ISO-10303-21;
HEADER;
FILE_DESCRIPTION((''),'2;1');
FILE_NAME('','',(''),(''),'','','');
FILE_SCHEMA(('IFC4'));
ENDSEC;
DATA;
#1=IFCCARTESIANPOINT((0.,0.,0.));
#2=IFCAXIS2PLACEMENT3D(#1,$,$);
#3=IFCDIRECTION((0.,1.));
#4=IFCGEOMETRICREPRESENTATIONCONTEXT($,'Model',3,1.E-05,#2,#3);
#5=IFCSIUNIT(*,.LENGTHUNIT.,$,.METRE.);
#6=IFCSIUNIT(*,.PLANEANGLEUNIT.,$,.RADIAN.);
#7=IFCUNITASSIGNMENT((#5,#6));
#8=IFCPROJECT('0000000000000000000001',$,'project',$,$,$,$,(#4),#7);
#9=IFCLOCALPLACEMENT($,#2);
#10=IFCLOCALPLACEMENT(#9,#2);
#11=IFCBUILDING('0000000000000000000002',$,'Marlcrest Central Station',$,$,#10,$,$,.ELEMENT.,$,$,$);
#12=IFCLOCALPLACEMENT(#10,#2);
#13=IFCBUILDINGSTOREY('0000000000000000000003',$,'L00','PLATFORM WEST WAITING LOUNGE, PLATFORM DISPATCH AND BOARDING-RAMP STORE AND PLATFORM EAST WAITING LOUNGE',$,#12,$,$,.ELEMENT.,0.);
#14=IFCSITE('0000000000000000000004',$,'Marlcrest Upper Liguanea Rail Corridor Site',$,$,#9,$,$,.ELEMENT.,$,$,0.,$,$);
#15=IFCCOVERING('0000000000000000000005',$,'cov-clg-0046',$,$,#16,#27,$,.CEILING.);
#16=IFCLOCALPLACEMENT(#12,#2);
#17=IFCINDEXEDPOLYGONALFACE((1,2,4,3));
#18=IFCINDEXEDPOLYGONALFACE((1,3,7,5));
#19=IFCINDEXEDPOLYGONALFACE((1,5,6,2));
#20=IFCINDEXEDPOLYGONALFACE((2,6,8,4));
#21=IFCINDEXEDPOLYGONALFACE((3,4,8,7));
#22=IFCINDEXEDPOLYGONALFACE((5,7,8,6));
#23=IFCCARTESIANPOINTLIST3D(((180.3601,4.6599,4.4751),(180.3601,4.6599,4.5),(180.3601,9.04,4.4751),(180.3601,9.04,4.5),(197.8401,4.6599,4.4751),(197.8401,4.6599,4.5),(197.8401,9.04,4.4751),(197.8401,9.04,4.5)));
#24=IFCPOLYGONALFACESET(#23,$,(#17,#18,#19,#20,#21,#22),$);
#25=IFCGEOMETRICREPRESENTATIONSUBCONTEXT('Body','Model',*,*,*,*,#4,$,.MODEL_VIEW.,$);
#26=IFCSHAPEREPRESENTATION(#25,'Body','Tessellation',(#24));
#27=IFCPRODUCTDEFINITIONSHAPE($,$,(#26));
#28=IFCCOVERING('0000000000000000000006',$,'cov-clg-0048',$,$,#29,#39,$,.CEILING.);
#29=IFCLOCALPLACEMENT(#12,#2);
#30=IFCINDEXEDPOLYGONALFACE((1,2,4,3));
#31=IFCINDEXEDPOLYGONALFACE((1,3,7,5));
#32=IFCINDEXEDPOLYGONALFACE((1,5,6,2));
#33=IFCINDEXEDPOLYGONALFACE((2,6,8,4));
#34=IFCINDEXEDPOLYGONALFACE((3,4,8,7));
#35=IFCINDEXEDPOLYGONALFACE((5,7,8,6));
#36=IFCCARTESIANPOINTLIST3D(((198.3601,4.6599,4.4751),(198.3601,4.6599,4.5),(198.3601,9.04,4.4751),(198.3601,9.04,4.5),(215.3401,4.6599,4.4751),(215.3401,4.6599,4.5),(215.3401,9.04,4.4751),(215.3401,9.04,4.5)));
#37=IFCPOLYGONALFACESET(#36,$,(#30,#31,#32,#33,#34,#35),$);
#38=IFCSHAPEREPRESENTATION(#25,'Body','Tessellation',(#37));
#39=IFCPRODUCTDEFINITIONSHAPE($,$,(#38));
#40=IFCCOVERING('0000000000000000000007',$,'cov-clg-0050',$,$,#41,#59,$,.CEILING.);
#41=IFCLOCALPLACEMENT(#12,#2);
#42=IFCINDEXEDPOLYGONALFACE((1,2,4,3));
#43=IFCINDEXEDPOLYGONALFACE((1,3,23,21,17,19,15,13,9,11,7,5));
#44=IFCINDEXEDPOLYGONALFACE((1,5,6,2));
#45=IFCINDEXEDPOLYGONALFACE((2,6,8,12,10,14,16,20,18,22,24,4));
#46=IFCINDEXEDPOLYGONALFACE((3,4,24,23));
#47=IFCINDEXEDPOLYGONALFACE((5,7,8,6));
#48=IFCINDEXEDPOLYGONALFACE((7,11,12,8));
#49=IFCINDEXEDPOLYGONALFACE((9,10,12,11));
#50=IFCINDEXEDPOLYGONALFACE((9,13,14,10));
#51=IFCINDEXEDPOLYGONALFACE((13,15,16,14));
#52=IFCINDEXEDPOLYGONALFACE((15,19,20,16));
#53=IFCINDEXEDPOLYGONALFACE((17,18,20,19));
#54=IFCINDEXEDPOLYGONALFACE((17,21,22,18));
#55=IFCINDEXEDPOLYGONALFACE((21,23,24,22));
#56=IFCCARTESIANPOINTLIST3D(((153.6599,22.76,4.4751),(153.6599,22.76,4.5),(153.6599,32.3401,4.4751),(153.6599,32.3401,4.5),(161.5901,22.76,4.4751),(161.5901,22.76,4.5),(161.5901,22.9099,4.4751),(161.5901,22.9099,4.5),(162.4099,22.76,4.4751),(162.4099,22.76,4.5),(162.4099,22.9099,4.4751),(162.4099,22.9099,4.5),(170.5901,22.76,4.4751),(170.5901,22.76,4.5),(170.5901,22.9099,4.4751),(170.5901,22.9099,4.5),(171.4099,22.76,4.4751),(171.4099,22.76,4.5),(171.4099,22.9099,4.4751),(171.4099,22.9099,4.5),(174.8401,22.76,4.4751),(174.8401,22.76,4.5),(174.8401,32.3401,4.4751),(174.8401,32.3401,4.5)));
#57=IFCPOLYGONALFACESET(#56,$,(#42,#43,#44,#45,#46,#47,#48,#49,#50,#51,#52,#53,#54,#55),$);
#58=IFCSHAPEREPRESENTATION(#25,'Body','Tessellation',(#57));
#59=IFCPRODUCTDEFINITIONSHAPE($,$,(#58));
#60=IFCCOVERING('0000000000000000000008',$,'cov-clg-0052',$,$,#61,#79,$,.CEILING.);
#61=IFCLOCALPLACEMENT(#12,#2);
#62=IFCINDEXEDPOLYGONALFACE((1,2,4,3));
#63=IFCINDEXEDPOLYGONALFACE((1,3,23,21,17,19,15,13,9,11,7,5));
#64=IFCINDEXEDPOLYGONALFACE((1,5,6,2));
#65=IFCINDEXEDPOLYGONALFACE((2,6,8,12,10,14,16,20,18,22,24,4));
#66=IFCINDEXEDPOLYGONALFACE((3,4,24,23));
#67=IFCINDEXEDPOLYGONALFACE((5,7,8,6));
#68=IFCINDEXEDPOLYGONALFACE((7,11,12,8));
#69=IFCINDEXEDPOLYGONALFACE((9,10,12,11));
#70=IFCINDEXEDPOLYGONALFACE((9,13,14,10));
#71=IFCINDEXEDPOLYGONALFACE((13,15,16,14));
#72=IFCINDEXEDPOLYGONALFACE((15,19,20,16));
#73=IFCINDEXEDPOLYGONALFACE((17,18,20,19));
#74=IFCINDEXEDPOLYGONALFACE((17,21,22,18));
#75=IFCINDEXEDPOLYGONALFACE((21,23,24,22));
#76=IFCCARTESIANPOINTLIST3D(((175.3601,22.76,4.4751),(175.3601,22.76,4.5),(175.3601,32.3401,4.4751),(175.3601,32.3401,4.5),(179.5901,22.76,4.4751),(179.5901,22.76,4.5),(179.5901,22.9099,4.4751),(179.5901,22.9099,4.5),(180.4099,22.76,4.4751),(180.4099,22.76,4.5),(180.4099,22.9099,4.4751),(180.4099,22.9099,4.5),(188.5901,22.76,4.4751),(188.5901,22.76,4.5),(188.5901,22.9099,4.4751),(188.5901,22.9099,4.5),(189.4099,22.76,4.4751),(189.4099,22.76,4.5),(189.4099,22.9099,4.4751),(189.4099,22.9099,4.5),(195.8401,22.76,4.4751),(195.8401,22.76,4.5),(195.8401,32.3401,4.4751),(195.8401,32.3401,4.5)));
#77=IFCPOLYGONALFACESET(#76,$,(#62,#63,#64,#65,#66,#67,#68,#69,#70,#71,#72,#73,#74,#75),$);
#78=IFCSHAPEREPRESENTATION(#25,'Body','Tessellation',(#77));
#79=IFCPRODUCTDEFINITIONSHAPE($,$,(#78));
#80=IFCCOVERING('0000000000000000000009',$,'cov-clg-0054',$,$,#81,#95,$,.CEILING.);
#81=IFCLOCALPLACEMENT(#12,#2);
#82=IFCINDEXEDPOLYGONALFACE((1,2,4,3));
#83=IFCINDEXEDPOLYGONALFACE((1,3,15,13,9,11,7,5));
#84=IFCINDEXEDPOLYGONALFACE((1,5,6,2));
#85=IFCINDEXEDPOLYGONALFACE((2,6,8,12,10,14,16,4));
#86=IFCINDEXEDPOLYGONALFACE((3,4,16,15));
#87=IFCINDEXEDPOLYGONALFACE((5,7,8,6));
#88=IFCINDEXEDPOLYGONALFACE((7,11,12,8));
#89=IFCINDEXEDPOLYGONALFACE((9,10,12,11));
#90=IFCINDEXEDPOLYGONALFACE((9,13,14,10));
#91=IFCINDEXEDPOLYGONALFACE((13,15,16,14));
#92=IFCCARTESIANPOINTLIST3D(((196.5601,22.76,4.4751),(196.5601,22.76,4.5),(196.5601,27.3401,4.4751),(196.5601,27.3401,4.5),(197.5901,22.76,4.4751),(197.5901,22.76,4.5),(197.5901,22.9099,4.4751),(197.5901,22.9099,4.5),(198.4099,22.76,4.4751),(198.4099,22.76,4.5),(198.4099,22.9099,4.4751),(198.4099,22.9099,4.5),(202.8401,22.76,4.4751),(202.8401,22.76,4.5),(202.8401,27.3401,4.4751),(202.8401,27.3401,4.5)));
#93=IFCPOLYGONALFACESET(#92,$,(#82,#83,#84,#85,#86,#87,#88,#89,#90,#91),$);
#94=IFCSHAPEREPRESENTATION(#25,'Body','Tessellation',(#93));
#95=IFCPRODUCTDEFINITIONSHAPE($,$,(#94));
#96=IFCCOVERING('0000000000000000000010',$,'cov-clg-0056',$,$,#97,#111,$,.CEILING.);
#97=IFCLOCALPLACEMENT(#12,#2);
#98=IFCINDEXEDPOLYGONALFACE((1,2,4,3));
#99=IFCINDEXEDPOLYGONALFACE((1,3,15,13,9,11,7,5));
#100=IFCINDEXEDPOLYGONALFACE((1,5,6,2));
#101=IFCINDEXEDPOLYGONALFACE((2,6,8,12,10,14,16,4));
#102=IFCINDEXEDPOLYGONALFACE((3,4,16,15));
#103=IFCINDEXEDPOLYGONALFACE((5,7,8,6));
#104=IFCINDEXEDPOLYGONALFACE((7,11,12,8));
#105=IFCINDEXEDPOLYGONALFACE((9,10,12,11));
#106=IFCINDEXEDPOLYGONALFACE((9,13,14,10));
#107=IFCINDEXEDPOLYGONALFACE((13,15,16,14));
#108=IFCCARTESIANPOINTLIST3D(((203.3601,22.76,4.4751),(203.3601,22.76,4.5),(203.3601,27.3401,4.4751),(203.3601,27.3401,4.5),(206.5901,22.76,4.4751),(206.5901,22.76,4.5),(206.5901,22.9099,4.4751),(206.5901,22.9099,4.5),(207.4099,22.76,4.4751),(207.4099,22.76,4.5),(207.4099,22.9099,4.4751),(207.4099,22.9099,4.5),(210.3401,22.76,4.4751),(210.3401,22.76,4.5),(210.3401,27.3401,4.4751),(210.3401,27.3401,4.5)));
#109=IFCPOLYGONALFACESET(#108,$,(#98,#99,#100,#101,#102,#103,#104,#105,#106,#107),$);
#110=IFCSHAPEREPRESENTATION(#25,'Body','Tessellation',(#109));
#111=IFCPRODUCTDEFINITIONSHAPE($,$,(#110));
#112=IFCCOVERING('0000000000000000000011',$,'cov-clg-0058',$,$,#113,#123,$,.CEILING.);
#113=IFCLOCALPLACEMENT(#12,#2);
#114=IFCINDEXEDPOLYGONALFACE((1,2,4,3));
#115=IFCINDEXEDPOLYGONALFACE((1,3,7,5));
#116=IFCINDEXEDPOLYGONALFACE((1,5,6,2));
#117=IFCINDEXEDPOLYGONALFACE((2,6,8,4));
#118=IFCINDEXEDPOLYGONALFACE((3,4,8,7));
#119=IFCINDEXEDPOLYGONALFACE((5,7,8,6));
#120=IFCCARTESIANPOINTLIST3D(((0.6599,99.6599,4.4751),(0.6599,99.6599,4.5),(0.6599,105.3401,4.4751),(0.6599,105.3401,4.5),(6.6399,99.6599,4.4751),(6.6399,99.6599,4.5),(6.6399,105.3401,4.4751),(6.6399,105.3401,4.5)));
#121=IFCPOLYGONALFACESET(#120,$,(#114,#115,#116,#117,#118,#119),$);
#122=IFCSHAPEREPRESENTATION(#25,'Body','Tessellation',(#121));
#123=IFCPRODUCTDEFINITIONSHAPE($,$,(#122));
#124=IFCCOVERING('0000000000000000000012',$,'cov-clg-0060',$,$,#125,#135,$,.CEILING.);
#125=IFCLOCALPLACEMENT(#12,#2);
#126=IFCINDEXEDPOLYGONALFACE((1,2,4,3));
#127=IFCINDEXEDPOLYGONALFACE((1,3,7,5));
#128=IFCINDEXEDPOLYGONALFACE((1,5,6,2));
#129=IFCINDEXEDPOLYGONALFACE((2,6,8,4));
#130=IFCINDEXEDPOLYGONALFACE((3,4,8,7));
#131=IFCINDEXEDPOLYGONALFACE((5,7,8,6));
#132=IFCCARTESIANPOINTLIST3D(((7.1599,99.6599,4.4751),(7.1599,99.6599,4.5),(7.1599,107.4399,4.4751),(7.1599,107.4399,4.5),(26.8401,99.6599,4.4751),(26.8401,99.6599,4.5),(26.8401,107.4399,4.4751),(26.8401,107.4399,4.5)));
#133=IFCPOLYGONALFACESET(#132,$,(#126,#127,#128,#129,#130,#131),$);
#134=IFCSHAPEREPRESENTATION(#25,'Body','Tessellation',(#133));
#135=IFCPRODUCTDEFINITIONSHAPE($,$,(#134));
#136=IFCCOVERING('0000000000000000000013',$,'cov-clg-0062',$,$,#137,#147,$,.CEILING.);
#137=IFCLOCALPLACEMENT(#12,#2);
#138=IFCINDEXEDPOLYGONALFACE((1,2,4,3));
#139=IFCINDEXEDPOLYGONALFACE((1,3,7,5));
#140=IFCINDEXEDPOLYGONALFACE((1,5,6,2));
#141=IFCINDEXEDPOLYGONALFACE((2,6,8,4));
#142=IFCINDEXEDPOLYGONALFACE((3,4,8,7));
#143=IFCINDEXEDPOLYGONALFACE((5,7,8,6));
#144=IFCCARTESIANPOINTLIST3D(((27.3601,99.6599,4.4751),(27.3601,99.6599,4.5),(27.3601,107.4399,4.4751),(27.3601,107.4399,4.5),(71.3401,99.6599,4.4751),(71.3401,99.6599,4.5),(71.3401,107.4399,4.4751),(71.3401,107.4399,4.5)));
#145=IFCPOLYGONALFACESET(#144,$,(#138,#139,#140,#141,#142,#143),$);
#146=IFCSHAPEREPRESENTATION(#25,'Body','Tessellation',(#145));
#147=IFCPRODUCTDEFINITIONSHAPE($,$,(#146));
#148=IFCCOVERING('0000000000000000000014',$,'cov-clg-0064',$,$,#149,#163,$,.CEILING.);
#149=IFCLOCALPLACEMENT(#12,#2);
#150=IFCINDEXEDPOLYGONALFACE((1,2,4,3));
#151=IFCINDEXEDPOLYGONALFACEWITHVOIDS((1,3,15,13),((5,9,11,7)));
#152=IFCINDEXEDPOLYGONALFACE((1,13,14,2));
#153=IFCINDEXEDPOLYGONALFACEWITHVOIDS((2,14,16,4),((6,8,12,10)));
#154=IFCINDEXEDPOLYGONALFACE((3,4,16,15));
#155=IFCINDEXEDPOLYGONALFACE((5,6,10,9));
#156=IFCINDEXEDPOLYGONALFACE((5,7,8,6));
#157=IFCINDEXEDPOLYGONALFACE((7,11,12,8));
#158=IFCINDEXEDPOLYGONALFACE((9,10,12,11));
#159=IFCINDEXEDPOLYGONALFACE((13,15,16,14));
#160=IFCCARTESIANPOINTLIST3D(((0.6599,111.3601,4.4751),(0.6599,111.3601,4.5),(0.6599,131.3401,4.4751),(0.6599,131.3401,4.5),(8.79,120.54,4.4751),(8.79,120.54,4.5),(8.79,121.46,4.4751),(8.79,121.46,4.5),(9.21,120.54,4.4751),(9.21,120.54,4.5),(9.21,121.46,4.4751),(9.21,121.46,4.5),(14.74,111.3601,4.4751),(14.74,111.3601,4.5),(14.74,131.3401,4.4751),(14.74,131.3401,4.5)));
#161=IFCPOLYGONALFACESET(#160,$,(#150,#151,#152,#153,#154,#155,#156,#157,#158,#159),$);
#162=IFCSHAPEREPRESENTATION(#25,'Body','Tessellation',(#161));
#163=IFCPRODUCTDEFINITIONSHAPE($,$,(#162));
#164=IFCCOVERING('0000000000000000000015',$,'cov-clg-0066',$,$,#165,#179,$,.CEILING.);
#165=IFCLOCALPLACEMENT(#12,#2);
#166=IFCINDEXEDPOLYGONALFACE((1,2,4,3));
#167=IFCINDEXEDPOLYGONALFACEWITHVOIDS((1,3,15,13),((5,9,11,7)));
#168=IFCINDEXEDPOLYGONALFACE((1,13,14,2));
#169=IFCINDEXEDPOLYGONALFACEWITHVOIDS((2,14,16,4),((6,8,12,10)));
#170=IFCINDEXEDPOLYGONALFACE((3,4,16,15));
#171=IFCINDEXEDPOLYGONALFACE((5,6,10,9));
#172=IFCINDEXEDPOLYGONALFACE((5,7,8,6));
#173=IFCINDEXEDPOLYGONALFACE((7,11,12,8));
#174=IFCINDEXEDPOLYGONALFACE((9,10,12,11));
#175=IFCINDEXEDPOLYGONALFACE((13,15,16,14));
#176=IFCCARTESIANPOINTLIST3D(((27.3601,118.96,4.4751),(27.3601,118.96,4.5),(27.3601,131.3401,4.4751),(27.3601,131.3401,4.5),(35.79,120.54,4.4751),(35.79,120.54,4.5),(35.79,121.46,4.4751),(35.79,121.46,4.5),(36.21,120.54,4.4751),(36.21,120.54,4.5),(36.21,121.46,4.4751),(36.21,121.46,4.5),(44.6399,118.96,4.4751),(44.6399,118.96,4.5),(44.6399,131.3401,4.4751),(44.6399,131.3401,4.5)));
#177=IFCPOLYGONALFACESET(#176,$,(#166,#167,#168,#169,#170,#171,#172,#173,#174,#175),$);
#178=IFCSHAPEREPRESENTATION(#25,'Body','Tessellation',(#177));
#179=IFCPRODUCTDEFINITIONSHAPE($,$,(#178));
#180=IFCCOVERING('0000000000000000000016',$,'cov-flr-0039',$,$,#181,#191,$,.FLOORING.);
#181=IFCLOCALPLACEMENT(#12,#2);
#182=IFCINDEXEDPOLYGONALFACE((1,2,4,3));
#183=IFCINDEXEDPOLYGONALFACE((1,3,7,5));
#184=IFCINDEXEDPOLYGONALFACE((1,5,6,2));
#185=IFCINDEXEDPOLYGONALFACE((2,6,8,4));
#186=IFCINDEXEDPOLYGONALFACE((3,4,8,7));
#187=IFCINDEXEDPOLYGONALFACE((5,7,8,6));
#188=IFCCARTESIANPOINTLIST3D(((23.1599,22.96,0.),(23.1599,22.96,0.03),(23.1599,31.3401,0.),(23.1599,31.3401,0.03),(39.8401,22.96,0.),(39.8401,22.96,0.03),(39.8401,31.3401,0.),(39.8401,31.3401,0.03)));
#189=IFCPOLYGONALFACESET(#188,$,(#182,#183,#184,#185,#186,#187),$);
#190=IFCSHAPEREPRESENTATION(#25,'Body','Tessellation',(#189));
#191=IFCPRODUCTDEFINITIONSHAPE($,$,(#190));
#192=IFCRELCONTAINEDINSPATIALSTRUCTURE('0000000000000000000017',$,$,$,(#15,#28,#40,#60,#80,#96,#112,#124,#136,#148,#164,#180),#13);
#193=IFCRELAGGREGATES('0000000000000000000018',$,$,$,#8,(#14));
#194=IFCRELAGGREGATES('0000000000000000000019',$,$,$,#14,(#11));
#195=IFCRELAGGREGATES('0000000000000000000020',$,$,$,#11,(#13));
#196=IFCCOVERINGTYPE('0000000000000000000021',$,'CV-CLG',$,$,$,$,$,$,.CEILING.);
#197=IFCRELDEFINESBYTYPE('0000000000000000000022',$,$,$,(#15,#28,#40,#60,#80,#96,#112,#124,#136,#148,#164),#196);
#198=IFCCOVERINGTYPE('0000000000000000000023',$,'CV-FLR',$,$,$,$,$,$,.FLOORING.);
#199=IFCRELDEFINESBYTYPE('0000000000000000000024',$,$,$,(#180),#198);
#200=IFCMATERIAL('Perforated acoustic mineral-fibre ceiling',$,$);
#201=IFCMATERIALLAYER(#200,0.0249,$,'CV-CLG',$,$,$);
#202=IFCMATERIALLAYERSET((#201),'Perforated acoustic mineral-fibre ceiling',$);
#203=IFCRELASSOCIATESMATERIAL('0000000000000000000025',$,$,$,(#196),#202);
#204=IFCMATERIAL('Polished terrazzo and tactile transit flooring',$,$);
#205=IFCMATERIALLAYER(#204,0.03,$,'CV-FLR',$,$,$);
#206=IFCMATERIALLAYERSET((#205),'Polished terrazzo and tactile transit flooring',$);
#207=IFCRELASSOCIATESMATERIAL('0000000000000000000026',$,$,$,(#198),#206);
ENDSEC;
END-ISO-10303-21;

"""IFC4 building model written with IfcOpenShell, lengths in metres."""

from ifc_helpers import new_model, si_unit, direction, frame, origin, place, context, subcontext, project, spatial, polyline, outline, extrude, material, layer, layer_set, type_object, element, save


model = new_model("IFC4")

# Units and contexts
model_context = context("Model", 3, precision=1e-05, world=origin(), true_north=direction((0.0, 1.0)))
body_context = subcontext(model_context, "Body", "Model", "MODEL_VIEW")
ifc_project = project(units=[si_unit("LENGTHUNIT", "METRE"), si_unit("PLANEANGLEUNIT", "RADIAN")], contexts=[model_context])

# Site, building, storey
site_placement = place(None, origin())
site = spatial("IfcSite", under=ifc_project, at=site_placement, Name="Marlcrest Upper Liguanea Rail Corridor Site", CompositionType="ELEMENT", RefElevation=0.0)
building_placement = place(site_placement, origin())
building = spatial("IfcBuilding", under=site, at=building_placement, Name="Marlcrest Central Station", CompositionType="ELEMENT")
storey_placement = place(building_placement, origin())
storey = spatial("IfcBuildingStorey", under=building, at=storey_placement, Name="L00", Description="PLATFORM WEST WAITING LOUNGE, PLATFORM DISPATCH AND BOARDING-RAMP STORE AND PLATFORM EAST WAITING LOUNGE", CompositionType="ELEMENT", Elevation=0.0)

# Coverings
ifc_material_1 = material(Name="Perforated acoustic mineral-fibre ceiling")
ifc_layer_1 = layer(ifc_material_1, 0.0249, Name="CV-CLG")
ifc_layer_set_1 = layer_set([ifc_layer_1], Name="Perforated acoustic mineral-fibre ceiling")
covering_type_1 = type_object("IfcCoveringType", Name="CV-CLG", PredefinedType="CEILING", material=ifc_layer_set_1)
covering_1_placement = place(storey_placement, frame((0.0, 0.0, 4.4751)))
element("IfcCovering", 1, at=covering_1_placement, inside=storey, type_object=covering_type_1, Name="cov-clg-0046", PredefinedType="CEILING", context=body_context, shape_type="SweptSolid", body=[
    extrude(outline(polyline([(197.8401, 4.6599), (197.8401, 9.04), (180.3601, 9.04), (180.3601, 4.6599), (197.8401, 4.6599)])), origin(), (0.0, 0.0, 1.0), 0.0249),
])
covering_2_placement = place(storey_placement, frame((0.0, 0.0, 4.4751)))
element("IfcCovering", 2, at=covering_2_placement, inside=storey, type_object=covering_type_1, Name="cov-clg-0048", PredefinedType="CEILING", context=body_context, shape_type="SweptSolid", body=[
    extrude(outline(polyline([(215.3401, 4.6599), (215.3401, 9.04), (198.3601, 9.04), (198.3601, 4.6599), (215.3401, 4.6599)])), origin(), (0.0, 0.0, 1.0), 0.0249),
])
covering_3_placement = place(storey_placement, frame((0.0, 0.0, 4.4751)))
element("IfcCovering", 3, at=covering_3_placement, inside=storey, type_object=covering_type_1, Name="cov-clg-0050", PredefinedType="CEILING", context=body_context, shape_type="SweptSolid", body=[
    extrude(outline(polyline([(153.6599, 32.3401), (174.8401, 32.3401), (174.8401, 22.76), (171.4099, 22.76), (171.4099, 22.9099), (170.5901, 22.9099), (170.5901, 22.76), (162.4099, 22.76), (162.4099, 22.9099), (161.5901, 22.9099), (161.5901, 22.76), (153.6599, 22.76), (153.6599, 32.3401)])), origin(), (0.0, 0.0, 1.0), 0.0249),
])
covering_4_placement = place(storey_placement, frame((0.0, 0.0, 4.4751)))
element("IfcCovering", 4, at=covering_4_placement, inside=storey, type_object=covering_type_1, Name="cov-clg-0052", PredefinedType="CEILING", context=body_context, shape_type="SweptSolid", body=[
    extrude(outline(polyline([(175.3601, 32.3401), (195.8401, 32.3401), (195.8401, 22.76), (189.4099, 22.76), (189.4099, 22.9099), (188.5901, 22.9099), (188.5901, 22.76), (180.4099, 22.76), (180.4099, 22.9099), (179.5901, 22.9099), (179.5901, 22.76), (175.3601, 22.76), (175.3601, 32.3401)])), origin(), (0.0, 0.0, 1.0), 0.0249),
])
covering_5_placement = place(storey_placement, frame((0.0, 0.0, 4.4751)))
element("IfcCovering", 5, at=covering_5_placement, inside=storey, type_object=covering_type_1, Name="cov-clg-0054", PredefinedType="CEILING", context=body_context, shape_type="SweptSolid", body=[
    extrude(outline(polyline([(196.5601, 22.76), (196.5601, 27.3401), (202.8401, 27.3401), (202.8401, 22.76), (198.4099, 22.76), (198.4099, 22.9099), (197.5901, 22.9099), (197.5901, 22.76), (196.5601, 22.76)])), origin(), (0.0, 0.0, 1.0), 0.0249),
])
covering_6_placement = place(storey_placement, frame((0.0, 0.0, 4.4751)))
element("IfcCovering", 6, at=covering_6_placement, inside=storey, type_object=covering_type_1, Name="cov-clg-0056", PredefinedType="CEILING", context=body_context, shape_type="SweptSolid", body=[
    extrude(outline(polyline([(203.3601, 22.76), (203.3601, 27.3401), (210.3401, 27.3401), (210.3401, 22.76), (207.4099, 22.76), (207.4099, 22.9099), (206.5901, 22.9099), (206.5901, 22.76), (203.3601, 22.76)])), origin(), (0.0, 0.0, 1.0), 0.0249),
])
covering_7_placement = place(storey_placement, frame((0.0, 0.0, 4.4751)))
element("IfcCovering", 7, at=covering_7_placement, inside=storey, type_object=covering_type_1, Name="cov-clg-0058", PredefinedType="CEILING", context=body_context, shape_type="SweptSolid", body=[
    extrude(outline(polyline([(6.6399, 99.6599), (6.6399, 105.3401), (0.6599, 105.3401), (0.6599, 99.6599), (6.6399, 99.6599)])), origin(), (0.0, 0.0, 1.0), 0.0249),
])
covering_8_placement = place(storey_placement, frame((0.0, 0.0, 4.4751)))
element("IfcCovering", 8, at=covering_8_placement, inside=storey, type_object=covering_type_1, Name="cov-clg-0060", PredefinedType="CEILING", context=body_context, shape_type="SweptSolid", body=[
    extrude(outline(polyline([(26.8401, 99.6599), (26.8401, 107.4399), (7.1599, 107.4399), (7.1599, 99.6599), (26.8401, 99.6599)])), origin(), (0.0, 0.0, 1.0), 0.0249),
])
covering_9_placement = place(storey_placement, frame((0.0, 0.0, 4.4751)))
element("IfcCovering", 9, at=covering_9_placement, inside=storey, type_object=covering_type_1, Name="cov-clg-0062", PredefinedType="CEILING", context=body_context, shape_type="SweptSolid", body=[
    extrude(outline(polyline([(71.3401, 99.6599), (71.3401, 107.4399), (27.3601, 107.4399), (27.3601, 99.6599), (71.3401, 99.6599)])), origin(), (0.0, 0.0, 1.0), 0.0249),
])
covering_10_placement = place(storey_placement, frame((0.0, 0.0, 4.4751)))
element("IfcCovering", 10, at=covering_10_placement, inside=storey, type_object=covering_type_1, Name="cov-clg-0064", PredefinedType="CEILING", context=body_context, shape_type="SweptSolid", body=[
    extrude(outline(polyline([(0.6599, 111.3601), (0.6599, 131.3401), (14.74, 131.3401), (14.74, 111.3601), (0.6599, 111.3601)]), holes=[polyline([(9.21, 121.46), (8.79, 121.46), (8.79, 120.54), (9.21, 120.54), (9.21, 121.46)])]), origin(), (0.0, 0.0, 1.0), 0.0249),
])
covering_11_placement = place(storey_placement, frame((0.0, 0.0, 4.4751)))
element("IfcCovering", 11, at=covering_11_placement, inside=storey, type_object=covering_type_1, Name="cov-clg-0066", PredefinedType="CEILING", context=body_context, shape_type="SweptSolid", body=[
    extrude(outline(polyline([(27.3601, 118.96), (27.3601, 131.3401), (44.6399, 131.3401), (44.6399, 118.96), (27.3601, 118.96)]), holes=[polyline([(36.21, 121.46), (35.79, 121.46), (35.79, 120.54), (36.21, 120.54), (36.21, 121.46)])]), origin(), (0.0, 0.0, 1.0), 0.0249),
])
ifc_material_2 = material(Name="Polished terrazzo and tactile transit flooring")
ifc_layer_2 = layer(ifc_material_2, 0.03, Name="CV-FLR")
ifc_layer_set_2 = layer_set([ifc_layer_2], Name="Polished terrazzo and tactile transit flooring")
covering_type_2 = type_object("IfcCoveringType", Name="CV-FLR", PredefinedType="FLOORING", material=ifc_layer_set_2)
covering_12_placement = place(storey_placement, origin())
element("IfcCovering", 12, at=covering_12_placement, inside=storey, type_object=covering_type_2, Name="cov-flr-0039", PredefinedType="FLOORING", context=body_context, shape_type="SweptSolid", body=[
    extrude(outline(polyline([(39.8401, 22.96), (39.8401, 31.3401), (23.1599, 31.3401), (23.1599, 22.96), (39.8401, 22.96)])), origin(), (0.0, 0.0, 1.0), 0.03),
])

save(model, "model.ifc")
